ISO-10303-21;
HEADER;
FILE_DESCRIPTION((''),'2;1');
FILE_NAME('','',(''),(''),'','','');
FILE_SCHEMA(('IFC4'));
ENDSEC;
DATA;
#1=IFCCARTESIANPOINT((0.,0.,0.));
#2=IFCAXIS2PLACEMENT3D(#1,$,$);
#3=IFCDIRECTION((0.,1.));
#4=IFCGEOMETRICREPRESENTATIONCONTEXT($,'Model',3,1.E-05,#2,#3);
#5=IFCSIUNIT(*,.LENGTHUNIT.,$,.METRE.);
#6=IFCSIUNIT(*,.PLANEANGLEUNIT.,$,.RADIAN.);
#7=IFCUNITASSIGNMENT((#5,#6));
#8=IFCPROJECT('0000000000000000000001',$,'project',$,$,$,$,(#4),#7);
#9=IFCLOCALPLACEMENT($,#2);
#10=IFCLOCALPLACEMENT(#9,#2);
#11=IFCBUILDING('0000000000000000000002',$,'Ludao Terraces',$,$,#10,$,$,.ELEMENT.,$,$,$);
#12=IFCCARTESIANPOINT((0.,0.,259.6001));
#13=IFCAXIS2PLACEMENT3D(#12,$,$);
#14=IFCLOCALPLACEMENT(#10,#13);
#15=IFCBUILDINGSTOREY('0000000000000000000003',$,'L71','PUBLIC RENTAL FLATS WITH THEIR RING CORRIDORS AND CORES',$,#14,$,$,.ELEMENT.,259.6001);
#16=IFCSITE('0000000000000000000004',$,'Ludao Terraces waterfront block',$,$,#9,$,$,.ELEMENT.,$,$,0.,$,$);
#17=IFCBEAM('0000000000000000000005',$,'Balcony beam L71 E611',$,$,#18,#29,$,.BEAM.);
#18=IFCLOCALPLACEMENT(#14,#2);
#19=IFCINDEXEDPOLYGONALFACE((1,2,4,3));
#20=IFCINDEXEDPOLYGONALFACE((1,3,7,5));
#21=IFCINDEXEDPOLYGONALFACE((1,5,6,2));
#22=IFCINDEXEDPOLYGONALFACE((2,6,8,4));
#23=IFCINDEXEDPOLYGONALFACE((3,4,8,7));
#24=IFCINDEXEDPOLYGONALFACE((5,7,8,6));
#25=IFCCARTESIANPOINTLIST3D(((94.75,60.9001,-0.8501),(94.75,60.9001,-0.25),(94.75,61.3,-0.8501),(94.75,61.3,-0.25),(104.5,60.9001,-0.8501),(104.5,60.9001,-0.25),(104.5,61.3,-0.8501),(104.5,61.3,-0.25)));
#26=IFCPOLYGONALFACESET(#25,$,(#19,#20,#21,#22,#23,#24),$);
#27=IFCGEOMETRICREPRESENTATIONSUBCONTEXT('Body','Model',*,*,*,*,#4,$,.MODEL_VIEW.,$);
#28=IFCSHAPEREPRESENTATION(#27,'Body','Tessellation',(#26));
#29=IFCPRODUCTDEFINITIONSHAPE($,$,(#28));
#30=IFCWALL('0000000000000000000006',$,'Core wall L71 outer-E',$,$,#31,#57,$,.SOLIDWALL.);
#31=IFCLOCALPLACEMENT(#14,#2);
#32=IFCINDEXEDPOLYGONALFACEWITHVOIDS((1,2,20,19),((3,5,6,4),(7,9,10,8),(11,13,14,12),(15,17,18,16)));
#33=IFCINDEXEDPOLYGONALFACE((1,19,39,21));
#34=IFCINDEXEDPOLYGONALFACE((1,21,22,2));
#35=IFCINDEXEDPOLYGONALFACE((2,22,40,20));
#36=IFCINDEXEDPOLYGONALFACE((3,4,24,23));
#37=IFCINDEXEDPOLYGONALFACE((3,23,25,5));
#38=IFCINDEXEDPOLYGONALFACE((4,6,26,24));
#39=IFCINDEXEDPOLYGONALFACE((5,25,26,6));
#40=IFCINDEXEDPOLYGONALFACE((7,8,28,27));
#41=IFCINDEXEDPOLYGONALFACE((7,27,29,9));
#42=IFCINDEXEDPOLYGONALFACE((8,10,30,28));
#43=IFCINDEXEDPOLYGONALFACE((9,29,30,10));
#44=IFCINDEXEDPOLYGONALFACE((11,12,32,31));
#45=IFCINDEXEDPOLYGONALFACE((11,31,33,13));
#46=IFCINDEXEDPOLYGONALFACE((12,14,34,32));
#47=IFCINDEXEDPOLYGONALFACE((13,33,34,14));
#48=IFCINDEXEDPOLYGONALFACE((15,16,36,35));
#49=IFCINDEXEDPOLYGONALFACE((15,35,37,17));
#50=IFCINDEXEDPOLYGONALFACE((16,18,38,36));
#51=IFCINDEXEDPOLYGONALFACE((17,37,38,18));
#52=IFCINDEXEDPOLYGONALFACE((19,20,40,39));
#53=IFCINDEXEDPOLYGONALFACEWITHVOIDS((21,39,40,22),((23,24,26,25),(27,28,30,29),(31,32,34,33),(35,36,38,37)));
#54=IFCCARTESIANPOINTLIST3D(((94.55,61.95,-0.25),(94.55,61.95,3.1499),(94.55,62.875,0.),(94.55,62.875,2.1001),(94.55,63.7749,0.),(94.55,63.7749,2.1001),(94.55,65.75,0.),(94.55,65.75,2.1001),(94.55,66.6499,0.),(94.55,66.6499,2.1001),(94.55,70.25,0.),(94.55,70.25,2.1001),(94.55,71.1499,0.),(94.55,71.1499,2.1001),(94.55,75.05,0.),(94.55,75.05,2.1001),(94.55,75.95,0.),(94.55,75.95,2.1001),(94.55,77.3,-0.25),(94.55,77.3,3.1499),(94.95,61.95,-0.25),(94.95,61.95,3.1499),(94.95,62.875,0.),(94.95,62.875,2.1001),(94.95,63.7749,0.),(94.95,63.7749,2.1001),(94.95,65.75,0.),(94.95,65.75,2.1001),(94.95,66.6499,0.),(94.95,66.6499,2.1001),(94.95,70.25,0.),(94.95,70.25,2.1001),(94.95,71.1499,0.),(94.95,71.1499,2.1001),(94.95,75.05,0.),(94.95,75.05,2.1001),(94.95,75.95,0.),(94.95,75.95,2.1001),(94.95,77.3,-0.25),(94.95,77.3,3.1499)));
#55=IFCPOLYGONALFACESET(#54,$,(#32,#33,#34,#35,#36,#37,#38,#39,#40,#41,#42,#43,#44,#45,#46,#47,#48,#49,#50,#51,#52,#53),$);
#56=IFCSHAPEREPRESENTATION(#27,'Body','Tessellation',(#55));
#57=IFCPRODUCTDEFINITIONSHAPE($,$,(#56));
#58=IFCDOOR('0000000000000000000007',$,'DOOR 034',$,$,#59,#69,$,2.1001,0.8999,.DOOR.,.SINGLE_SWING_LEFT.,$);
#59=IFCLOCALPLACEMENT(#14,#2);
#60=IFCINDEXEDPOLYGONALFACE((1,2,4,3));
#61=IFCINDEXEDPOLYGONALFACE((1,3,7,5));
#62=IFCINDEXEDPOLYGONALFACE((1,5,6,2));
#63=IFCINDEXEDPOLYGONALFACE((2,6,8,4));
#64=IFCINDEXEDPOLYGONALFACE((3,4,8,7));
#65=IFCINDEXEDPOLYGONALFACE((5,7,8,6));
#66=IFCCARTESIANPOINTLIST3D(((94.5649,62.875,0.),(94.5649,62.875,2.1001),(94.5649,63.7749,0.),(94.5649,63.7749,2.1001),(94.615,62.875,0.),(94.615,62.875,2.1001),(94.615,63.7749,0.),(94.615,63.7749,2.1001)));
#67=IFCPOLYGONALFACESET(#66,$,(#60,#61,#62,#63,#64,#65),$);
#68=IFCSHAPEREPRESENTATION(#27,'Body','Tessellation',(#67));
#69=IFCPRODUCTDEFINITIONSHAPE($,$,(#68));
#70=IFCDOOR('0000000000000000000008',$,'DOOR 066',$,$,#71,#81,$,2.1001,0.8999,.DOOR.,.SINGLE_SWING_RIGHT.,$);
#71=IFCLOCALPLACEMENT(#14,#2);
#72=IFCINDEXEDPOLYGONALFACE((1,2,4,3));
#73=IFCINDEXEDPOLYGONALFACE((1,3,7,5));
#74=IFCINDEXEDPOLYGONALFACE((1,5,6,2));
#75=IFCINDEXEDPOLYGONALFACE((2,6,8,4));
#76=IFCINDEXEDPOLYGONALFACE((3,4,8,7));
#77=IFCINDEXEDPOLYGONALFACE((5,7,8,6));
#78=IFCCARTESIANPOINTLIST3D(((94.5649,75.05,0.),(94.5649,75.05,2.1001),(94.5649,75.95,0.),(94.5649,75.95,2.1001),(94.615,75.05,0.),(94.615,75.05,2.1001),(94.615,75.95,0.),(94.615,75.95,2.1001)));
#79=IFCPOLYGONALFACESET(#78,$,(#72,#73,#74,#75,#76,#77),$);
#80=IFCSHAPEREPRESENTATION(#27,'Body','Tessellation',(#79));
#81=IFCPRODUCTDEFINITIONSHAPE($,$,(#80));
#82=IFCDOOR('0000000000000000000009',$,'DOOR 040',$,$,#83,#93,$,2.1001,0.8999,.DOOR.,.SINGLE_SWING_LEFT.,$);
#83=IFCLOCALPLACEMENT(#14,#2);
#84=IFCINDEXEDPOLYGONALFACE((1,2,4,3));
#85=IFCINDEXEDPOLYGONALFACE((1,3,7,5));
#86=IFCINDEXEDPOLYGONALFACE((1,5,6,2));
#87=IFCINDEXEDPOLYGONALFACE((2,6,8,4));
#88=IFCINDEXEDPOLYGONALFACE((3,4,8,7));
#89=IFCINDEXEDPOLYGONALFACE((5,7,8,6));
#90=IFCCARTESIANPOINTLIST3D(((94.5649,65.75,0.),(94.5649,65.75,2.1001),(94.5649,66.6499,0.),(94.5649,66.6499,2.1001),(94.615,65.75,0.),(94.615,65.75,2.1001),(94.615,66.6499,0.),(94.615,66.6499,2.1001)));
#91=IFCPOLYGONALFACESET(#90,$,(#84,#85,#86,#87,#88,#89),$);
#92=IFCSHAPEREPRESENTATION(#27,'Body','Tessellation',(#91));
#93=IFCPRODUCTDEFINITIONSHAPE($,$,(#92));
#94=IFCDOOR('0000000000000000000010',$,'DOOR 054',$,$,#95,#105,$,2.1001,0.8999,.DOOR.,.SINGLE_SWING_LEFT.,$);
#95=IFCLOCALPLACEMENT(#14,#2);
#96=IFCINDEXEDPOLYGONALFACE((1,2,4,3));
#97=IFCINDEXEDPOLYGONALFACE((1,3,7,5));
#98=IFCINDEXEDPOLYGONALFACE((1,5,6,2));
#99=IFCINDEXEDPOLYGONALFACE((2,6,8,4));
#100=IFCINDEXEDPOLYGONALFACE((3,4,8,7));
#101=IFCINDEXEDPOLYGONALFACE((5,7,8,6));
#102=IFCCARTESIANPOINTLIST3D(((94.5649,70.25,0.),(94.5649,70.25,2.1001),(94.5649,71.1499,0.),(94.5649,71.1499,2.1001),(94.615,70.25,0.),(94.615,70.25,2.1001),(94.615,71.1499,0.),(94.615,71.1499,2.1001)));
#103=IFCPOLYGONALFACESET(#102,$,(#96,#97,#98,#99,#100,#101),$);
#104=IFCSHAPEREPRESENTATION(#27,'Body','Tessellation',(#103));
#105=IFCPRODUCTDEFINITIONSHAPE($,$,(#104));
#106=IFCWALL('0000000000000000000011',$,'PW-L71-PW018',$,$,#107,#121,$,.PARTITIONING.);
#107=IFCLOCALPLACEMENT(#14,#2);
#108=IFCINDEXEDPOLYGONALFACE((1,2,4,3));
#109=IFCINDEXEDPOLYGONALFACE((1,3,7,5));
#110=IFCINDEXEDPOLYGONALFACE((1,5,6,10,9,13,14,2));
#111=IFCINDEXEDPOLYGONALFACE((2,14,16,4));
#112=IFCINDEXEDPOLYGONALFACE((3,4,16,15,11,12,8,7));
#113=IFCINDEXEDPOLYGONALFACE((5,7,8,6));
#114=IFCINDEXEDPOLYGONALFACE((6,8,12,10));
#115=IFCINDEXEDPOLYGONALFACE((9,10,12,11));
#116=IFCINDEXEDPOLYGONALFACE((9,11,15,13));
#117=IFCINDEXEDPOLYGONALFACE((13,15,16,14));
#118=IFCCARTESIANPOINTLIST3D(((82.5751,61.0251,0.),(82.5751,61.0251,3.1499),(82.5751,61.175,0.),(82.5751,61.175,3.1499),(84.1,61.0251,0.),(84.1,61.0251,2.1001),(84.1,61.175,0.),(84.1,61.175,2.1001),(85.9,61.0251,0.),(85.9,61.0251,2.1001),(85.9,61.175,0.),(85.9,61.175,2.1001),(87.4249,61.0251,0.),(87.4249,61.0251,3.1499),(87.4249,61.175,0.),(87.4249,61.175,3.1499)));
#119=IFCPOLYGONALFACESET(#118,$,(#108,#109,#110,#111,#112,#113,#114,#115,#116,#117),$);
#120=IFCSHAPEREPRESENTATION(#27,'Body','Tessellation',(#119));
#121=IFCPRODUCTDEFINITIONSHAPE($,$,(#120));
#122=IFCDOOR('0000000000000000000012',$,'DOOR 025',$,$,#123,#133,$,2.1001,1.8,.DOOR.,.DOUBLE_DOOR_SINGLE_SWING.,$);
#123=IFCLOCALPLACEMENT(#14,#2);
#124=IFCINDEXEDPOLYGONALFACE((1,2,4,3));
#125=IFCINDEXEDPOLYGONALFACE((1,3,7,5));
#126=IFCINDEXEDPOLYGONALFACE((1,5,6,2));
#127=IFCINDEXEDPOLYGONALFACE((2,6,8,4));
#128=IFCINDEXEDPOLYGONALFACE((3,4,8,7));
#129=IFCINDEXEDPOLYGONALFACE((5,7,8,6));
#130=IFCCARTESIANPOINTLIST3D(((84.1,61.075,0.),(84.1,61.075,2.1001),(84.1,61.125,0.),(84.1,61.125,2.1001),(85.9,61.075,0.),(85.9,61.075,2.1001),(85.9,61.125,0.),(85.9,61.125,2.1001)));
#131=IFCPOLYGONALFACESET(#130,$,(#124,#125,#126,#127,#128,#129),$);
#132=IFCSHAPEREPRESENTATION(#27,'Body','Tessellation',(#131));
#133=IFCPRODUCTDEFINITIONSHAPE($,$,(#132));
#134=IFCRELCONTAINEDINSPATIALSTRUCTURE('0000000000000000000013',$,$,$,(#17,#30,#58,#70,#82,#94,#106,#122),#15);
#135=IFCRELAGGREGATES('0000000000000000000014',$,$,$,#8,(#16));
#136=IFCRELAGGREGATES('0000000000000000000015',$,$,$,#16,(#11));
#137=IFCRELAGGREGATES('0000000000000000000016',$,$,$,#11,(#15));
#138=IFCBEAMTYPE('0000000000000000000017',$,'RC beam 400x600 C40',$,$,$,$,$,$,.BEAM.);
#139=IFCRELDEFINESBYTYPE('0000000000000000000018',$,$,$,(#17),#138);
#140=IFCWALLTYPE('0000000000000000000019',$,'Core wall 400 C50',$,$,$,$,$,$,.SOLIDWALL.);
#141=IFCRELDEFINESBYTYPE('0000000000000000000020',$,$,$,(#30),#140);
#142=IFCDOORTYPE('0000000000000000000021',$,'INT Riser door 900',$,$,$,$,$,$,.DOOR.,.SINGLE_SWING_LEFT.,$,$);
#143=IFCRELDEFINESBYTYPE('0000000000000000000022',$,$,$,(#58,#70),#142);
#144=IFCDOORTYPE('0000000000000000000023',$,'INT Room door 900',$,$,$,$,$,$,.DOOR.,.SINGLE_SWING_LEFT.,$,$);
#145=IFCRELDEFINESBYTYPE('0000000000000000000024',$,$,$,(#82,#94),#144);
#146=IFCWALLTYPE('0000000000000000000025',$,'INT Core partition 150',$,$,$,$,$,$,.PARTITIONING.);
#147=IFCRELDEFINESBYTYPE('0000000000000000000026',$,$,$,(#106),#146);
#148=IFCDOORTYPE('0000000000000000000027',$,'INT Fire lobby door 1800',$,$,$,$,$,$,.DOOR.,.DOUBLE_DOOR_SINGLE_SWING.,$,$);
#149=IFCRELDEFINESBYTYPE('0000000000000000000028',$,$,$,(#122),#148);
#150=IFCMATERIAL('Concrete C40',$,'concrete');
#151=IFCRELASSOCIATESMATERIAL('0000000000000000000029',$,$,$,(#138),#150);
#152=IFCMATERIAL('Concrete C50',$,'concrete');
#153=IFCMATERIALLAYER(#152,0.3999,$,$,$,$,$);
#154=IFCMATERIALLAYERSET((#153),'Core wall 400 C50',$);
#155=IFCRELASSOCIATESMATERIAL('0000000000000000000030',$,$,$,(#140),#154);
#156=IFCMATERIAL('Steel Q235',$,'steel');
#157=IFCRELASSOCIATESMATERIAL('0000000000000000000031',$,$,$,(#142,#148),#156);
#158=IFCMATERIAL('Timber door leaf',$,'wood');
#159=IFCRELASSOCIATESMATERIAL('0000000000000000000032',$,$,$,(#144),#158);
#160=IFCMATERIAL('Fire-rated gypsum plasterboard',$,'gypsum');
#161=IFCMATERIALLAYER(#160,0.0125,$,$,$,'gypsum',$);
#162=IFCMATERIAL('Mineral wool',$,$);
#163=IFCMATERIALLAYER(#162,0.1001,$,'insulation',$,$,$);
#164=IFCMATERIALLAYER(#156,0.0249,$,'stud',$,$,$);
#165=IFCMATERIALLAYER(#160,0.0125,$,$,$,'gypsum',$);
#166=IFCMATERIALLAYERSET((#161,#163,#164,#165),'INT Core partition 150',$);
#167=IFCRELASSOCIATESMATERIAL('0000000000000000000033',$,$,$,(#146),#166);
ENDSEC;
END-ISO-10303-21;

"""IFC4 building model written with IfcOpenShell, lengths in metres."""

from ifc_helpers import new_model, si_unit, direction, frame, frame_2d, origin, origin_2d, place, context, subcontext, project, spatial, rectangle, extrude, material, layer, layer_set, material_profile, profile_set, type_object, element, fill, save


model = new_model("IFC4")

# Units and contexts
model_context = context("Model", 3, precision=1e-05, world=origin(), true_north=direction((0.0, 1.0)))
body_context = subcontext(model_context, "Body", "Model", "MODEL_VIEW")
ifc_project = project(units=[si_unit("LENGTHUNIT", "METRE"), si_unit("PLANEANGLEUNIT", "RADIAN")], contexts=[model_context])

# Site, building, storey
site_placement = place(None, origin())
site = spatial("IfcSite", under=ifc_project, at=site_placement, Name="Ludao Terraces waterfront block", CompositionType="ELEMENT", RefElevation=0.0)
building_placement = place(site_placement, origin())
building = spatial("IfcBuilding", under=site, at=building_placement, Name="Ludao Terraces", CompositionType="ELEMENT")
storey_placement = place(building_placement, frame((0.0, 0.0, 259.6001)))
storey = spatial("IfcBuildingStorey", under=building, at=storey_placement, Name="L71", Description="PUBLIC RENTAL FLATS WITH THEIR RING CORRIDORS AND CORES", CompositionType="ELEMENT", Elevation=259.6001)

# Beam
ifc_material_1 = material(Name="Concrete C40", Category="concrete")
ifc_material_profile = material_profile(ifc_material_1, rectangle(XDim=0.3999, YDim=0.6001, at=origin_2d()), Name="400 X 600")
ifc_profile_set = profile_set([ifc_material_profile], Name="Concrete C40")
beam_type = type_object("IfcBeamType", Name="RC beam 400x600 C40", PredefinedType="BEAM", material=ifc_profile_set)
beam_placement = place(storey_placement, frame((94.75, 61.1001, -0.55), z_axis=(1.0, 0.0, 0.0), x_axis=(0.0, 1.0, 0.0)))
element("IfcBeam", 1, at=beam_placement, inside=storey, type_object=beam_type, Name="Balcony beam L71 E611", PredefinedType="BEAM", context=body_context, shape_type="SweptSolid", body=[
    extrude(rectangle(XDim=0.3999, YDim=0.6001, at=origin_2d()), origin(), (0.0, 0.0, 1.0), 9.75),
])

# Wall, openings, doors
ifc_material_2 = material(Name="Concrete C50", Category="concrete")
ifc_layer_1 = layer(ifc_material_2, 0.3999)
ifc_layer_set_1 = layer_set([ifc_layer_1], Name="Core wall 400 C50")
wall_type_1 = type_object("IfcWallType", Name="Core wall 400 C50", PredefinedType="SOLIDWALL", material=ifc_layer_set_1)
wall_1_placement = place(storey_placement, frame((94.75, 61.95, -0.25), z_axis=(0.0, 0.0, 1.0), x_axis=(0.0, 1.0, 0.0)))
wall_1 = element("IfcWall", 2, at=wall_1_placement, inside=storey, type_object=wall_type_1, Name="Core wall L71 outer-E", PredefinedType="SOLIDWALL", context=body_context, shape_type="SweptSolid", body=[
    extrude(rectangle(XDim=15.3501, YDim=0.3999, at=frame_2d((7.675, 0.0))), origin(), (0.0, 0.0, 1.0), 3.3999),
])
opening_1_placement = place(wall_1_placement, frame((0.925, 0.0, 0.25)))
opening_1 = element("IfcOpeningElement", 3, at=opening_1_placement, cuts=wall_1, PredefinedType="OPENING", context=body_context, shape_type="SweptSolid", body=[
    extrude(rectangle(XDim=0.8999, YDim=2.1001, at=frame_2d((0.45, 1.05))), frame((0.0, 0.21, 0.0), z_axis=(0.0, -1.0, 0.0), x_axis=(1.0, 0.0, 0.0)), (0.0, 0.0, 1.0), 0.4199),
])
opening_2_placement = place(wall_1_placement, frame((3.8, 0.0, 0.25)))
opening_2 = element("IfcOpeningElement", 4, at=opening_2_placement, cuts=wall_1, PredefinedType="OPENING", context=body_context, shape_type="SweptSolid", body=[
    extrude(rectangle(XDim=0.8999, YDim=2.1001, at=frame_2d((0.45, 1.05))), frame((0.0, 0.21, 0.0), z_axis=(0.0, -1.0, 0.0), x_axis=(1.0, 0.0, 0.0)), (0.0, 0.0, 1.0), 0.4199),
])
opening_3_placement = place(wall_1_placement, frame((8.3, 0.0, 0.25)))
opening_3 = element("IfcOpeningElement", 5, at=opening_3_placement, cuts=wall_1, PredefinedType="OPENING", context=body_context, shape_type="SweptSolid", body=[
    extrude(rectangle(XDim=0.8999, YDim=2.1001, at=frame_2d((0.45, 1.05))), frame((0.0, 0.21, 0.0), z_axis=(0.0, -1.0, 0.0), x_axis=(1.0, 0.0, 0.0)), (0.0, 0.0, 1.0), 0.4199),
])
opening_4_placement = place(wall_1_placement, frame((13.1001, 0.0, 0.25)))
opening_4 = element("IfcOpeningElement", 6, at=opening_4_placement, cuts=wall_1, PredefinedType="OPENING", context=body_context, shape_type="SweptSolid", body=[
    extrude(rectangle(XDim=0.8999, YDim=2.1001, at=frame_2d((0.45, 1.05))), frame((0.0, 0.21, 0.0), z_axis=(0.0, -1.0, 0.0), x_axis=(1.0, 0.0, 0.0)), (0.0, 0.0, 1.0), 0.4199),
])
ifc_material_3 = material(Name="Steel Q235", Category="steel")
door_type_1 = type_object("IfcDoorType", Name="INT Riser door 900", OperationType="SINGLE_SWING_LEFT", PredefinedType="DOOR", material=ifc_material_3)
door_1_placement = place(opening_1_placement, origin())
door_1 = element("IfcDoor", 7, at=door_1_placement, inside=storey, type_object=door_type_1, Name="DOOR 034", OperationType="SINGLE_SWING_LEFT", OverallHeight=2.1001, OverallWidth=0.8999, PredefinedType="DOOR", context=body_context, shape_type="SweptSolid", body=[
    extrude(rectangle(XDim=0.8999, YDim=2.1001, at=frame_2d((0.45, 1.05))), frame((0.0, 0.1851, 0.0), z_axis=(0.0, -1.0, 0.0), x_axis=(1.0, 0.0, 0.0)), (0.0, 0.0, 1.0), 0.05),
])
fill(opening_1, door_1)
door_2_placement = place(opening_4_placement, origin())
door_2 = element("IfcDoor", 8, at=door_2_placement, inside=storey, type_object=door_type_1, Name="DOOR 066", OperationType="SINGLE_SWING_RIGHT", OverallHeight=2.1001, OverallWidth=0.8999, PredefinedType="DOOR", context=body_context, shape_type="SweptSolid", body=[
    extrude(rectangle(XDim=0.8999, YDim=2.1001, at=frame_2d((0.45, 1.05))), frame((0.0, 0.1851, 0.0), z_axis=(0.0, -1.0, 0.0), x_axis=(1.0, 0.0, 0.0)), (0.0, 0.0, 1.0), 0.05),
])
fill(opening_4, door_2)
ifc_material_4 = material(Name="Timber door leaf", Category="wood")
door_type_2 = type_object("IfcDoorType", Name="INT Room door 900", OperationType="SINGLE_SWING_LEFT", PredefinedType="DOOR", material=ifc_material_4)
door_3_placement = place(opening_2_placement, origin())
door_3 = element("IfcDoor", 9, at=door_3_placement, inside=storey, type_object=door_type_2, Name="DOOR 040", OperationType="SINGLE_SWING_LEFT", OverallHeight=2.1001, OverallWidth=0.8999, PredefinedType="DOOR", context=body_context, shape_type="SweptSolid", body=[
    extrude(rectangle(XDim=0.8999, YDim=2.1001, at=frame_2d((0.45, 1.05))), frame((0.0, 0.1851, 0.0), z_axis=(0.0, -1.0, 0.0), x_axis=(1.0, 0.0, 0.0)), (0.0, 0.0, 1.0), 0.05),
])
fill(opening_2, door_3)
door_4_placement = place(opening_3_placement, origin())
door_4 = element("IfcDoor", 10, at=door_4_placement, inside=storey, type_object=door_type_2, Name="DOOR 054", OperationType="SINGLE_SWING_LEFT", OverallHeight=2.1001, OverallWidth=0.8999, PredefinedType="DOOR", context=body_context, shape_type="SweptSolid", body=[
    extrude(rectangle(XDim=0.8999, YDim=2.1001, at=frame_2d((0.45, 1.05))), frame((0.0, 0.1851, 0.0), z_axis=(0.0, -1.0, 0.0), x_axis=(1.0, 0.0, 0.0)), (0.0, 0.0, 1.0), 0.05),
])
fill(opening_3, door_4)

# Wall, opening, door
ifc_material_5 = material(Name="Fire-rated gypsum plasterboard", Category="gypsum")
ifc_layer_2 = layer(ifc_material_5, 0.0125, Category="gypsum")
ifc_material_6 = material(Name="Mineral wool")
ifc_layer_3 = layer(ifc_material_6, 0.1001, Name="insulation")
ifc_layer_4 = layer(ifc_material_3, 0.0249, Name="stud")
ifc_layer_5 = layer(ifc_material_5, 0.0125, Category="gypsum")
ifc_layer_set_2 = layer_set([ifc_layer_2, ifc_layer_3, ifc_layer_4, ifc_layer_5], Name="INT Core partition 150")
wall_type_2 = type_object("IfcWallType", Name="INT Core partition 150", PredefinedType="PARTITIONING", material=ifc_layer_set_2)
wall_2_placement = place(storey_placement, frame((82.5752, 61.1001, 0.0), z_axis=(0.0, 0.0, 1.0), x_axis=(1.0, 0.0, 0.0)))
wall_2 = element("IfcWall", 11, at=wall_2_placement, inside=storey, type_object=wall_type_2, Name="PW-L71-PW018", PredefinedType="PARTITIONING", context=body_context, shape_type="SweptSolid", body=[
    extrude(rectangle(XDim=4.8499, YDim=0.1499, at=frame_2d((2.4248, 0.0))), origin(), (0.0, 0.0, 1.0), 3.1499),
])
opening_5_placement = place(wall_2_placement, frame((1.5249, 0.0, 0.0)))
opening_5 = element("IfcOpeningElement", 12, at=opening_5_placement, cuts=wall_2, PredefinedType="OPENING", context=body_context, shape_type="SweptSolid", body=[
    extrude(rectangle(XDim=1.8, YDim=2.1001, at=frame_2d((0.8999, 1.05))), frame((0.0, 0.085, 0.0), z_axis=(0.0, -1.0, 0.0), x_axis=(1.0, 0.0, 0.0)), (0.0, 0.0, 1.0), 0.1699),
])
door_type_3 = type_object("IfcDoorType", Name="INT Fire lobby door 1800", OperationType="DOUBLE_DOOR_SINGLE_SWING", PredefinedType="DOOR", material=ifc_material_3)
door_5_placement = place(opening_5_placement, origin())
door_5 = element("IfcDoor", 13, at=door_5_placement, inside=storey, type_object=door_type_3, Name="DOOR 025", OperationType="DOUBLE_DOOR_SINGLE_SWING", OverallHeight=2.1001, OverallWidth=1.8, PredefinedType="DOOR", context=body_context, shape_type="SweptSolid", body=[
    extrude(rectangle(XDim=1.8, YDim=2.1001, at=frame_2d((0.8999, 1.05))), frame((0.0, 0.0249, 0.0), z_axis=(0.0, -1.0, 0.0), x_axis=(1.0, 0.0, 0.0)), (0.0, 0.0, 1.0), 0.05),
])
fill(opening_5, door_5)

save(model, "model.ifc")
